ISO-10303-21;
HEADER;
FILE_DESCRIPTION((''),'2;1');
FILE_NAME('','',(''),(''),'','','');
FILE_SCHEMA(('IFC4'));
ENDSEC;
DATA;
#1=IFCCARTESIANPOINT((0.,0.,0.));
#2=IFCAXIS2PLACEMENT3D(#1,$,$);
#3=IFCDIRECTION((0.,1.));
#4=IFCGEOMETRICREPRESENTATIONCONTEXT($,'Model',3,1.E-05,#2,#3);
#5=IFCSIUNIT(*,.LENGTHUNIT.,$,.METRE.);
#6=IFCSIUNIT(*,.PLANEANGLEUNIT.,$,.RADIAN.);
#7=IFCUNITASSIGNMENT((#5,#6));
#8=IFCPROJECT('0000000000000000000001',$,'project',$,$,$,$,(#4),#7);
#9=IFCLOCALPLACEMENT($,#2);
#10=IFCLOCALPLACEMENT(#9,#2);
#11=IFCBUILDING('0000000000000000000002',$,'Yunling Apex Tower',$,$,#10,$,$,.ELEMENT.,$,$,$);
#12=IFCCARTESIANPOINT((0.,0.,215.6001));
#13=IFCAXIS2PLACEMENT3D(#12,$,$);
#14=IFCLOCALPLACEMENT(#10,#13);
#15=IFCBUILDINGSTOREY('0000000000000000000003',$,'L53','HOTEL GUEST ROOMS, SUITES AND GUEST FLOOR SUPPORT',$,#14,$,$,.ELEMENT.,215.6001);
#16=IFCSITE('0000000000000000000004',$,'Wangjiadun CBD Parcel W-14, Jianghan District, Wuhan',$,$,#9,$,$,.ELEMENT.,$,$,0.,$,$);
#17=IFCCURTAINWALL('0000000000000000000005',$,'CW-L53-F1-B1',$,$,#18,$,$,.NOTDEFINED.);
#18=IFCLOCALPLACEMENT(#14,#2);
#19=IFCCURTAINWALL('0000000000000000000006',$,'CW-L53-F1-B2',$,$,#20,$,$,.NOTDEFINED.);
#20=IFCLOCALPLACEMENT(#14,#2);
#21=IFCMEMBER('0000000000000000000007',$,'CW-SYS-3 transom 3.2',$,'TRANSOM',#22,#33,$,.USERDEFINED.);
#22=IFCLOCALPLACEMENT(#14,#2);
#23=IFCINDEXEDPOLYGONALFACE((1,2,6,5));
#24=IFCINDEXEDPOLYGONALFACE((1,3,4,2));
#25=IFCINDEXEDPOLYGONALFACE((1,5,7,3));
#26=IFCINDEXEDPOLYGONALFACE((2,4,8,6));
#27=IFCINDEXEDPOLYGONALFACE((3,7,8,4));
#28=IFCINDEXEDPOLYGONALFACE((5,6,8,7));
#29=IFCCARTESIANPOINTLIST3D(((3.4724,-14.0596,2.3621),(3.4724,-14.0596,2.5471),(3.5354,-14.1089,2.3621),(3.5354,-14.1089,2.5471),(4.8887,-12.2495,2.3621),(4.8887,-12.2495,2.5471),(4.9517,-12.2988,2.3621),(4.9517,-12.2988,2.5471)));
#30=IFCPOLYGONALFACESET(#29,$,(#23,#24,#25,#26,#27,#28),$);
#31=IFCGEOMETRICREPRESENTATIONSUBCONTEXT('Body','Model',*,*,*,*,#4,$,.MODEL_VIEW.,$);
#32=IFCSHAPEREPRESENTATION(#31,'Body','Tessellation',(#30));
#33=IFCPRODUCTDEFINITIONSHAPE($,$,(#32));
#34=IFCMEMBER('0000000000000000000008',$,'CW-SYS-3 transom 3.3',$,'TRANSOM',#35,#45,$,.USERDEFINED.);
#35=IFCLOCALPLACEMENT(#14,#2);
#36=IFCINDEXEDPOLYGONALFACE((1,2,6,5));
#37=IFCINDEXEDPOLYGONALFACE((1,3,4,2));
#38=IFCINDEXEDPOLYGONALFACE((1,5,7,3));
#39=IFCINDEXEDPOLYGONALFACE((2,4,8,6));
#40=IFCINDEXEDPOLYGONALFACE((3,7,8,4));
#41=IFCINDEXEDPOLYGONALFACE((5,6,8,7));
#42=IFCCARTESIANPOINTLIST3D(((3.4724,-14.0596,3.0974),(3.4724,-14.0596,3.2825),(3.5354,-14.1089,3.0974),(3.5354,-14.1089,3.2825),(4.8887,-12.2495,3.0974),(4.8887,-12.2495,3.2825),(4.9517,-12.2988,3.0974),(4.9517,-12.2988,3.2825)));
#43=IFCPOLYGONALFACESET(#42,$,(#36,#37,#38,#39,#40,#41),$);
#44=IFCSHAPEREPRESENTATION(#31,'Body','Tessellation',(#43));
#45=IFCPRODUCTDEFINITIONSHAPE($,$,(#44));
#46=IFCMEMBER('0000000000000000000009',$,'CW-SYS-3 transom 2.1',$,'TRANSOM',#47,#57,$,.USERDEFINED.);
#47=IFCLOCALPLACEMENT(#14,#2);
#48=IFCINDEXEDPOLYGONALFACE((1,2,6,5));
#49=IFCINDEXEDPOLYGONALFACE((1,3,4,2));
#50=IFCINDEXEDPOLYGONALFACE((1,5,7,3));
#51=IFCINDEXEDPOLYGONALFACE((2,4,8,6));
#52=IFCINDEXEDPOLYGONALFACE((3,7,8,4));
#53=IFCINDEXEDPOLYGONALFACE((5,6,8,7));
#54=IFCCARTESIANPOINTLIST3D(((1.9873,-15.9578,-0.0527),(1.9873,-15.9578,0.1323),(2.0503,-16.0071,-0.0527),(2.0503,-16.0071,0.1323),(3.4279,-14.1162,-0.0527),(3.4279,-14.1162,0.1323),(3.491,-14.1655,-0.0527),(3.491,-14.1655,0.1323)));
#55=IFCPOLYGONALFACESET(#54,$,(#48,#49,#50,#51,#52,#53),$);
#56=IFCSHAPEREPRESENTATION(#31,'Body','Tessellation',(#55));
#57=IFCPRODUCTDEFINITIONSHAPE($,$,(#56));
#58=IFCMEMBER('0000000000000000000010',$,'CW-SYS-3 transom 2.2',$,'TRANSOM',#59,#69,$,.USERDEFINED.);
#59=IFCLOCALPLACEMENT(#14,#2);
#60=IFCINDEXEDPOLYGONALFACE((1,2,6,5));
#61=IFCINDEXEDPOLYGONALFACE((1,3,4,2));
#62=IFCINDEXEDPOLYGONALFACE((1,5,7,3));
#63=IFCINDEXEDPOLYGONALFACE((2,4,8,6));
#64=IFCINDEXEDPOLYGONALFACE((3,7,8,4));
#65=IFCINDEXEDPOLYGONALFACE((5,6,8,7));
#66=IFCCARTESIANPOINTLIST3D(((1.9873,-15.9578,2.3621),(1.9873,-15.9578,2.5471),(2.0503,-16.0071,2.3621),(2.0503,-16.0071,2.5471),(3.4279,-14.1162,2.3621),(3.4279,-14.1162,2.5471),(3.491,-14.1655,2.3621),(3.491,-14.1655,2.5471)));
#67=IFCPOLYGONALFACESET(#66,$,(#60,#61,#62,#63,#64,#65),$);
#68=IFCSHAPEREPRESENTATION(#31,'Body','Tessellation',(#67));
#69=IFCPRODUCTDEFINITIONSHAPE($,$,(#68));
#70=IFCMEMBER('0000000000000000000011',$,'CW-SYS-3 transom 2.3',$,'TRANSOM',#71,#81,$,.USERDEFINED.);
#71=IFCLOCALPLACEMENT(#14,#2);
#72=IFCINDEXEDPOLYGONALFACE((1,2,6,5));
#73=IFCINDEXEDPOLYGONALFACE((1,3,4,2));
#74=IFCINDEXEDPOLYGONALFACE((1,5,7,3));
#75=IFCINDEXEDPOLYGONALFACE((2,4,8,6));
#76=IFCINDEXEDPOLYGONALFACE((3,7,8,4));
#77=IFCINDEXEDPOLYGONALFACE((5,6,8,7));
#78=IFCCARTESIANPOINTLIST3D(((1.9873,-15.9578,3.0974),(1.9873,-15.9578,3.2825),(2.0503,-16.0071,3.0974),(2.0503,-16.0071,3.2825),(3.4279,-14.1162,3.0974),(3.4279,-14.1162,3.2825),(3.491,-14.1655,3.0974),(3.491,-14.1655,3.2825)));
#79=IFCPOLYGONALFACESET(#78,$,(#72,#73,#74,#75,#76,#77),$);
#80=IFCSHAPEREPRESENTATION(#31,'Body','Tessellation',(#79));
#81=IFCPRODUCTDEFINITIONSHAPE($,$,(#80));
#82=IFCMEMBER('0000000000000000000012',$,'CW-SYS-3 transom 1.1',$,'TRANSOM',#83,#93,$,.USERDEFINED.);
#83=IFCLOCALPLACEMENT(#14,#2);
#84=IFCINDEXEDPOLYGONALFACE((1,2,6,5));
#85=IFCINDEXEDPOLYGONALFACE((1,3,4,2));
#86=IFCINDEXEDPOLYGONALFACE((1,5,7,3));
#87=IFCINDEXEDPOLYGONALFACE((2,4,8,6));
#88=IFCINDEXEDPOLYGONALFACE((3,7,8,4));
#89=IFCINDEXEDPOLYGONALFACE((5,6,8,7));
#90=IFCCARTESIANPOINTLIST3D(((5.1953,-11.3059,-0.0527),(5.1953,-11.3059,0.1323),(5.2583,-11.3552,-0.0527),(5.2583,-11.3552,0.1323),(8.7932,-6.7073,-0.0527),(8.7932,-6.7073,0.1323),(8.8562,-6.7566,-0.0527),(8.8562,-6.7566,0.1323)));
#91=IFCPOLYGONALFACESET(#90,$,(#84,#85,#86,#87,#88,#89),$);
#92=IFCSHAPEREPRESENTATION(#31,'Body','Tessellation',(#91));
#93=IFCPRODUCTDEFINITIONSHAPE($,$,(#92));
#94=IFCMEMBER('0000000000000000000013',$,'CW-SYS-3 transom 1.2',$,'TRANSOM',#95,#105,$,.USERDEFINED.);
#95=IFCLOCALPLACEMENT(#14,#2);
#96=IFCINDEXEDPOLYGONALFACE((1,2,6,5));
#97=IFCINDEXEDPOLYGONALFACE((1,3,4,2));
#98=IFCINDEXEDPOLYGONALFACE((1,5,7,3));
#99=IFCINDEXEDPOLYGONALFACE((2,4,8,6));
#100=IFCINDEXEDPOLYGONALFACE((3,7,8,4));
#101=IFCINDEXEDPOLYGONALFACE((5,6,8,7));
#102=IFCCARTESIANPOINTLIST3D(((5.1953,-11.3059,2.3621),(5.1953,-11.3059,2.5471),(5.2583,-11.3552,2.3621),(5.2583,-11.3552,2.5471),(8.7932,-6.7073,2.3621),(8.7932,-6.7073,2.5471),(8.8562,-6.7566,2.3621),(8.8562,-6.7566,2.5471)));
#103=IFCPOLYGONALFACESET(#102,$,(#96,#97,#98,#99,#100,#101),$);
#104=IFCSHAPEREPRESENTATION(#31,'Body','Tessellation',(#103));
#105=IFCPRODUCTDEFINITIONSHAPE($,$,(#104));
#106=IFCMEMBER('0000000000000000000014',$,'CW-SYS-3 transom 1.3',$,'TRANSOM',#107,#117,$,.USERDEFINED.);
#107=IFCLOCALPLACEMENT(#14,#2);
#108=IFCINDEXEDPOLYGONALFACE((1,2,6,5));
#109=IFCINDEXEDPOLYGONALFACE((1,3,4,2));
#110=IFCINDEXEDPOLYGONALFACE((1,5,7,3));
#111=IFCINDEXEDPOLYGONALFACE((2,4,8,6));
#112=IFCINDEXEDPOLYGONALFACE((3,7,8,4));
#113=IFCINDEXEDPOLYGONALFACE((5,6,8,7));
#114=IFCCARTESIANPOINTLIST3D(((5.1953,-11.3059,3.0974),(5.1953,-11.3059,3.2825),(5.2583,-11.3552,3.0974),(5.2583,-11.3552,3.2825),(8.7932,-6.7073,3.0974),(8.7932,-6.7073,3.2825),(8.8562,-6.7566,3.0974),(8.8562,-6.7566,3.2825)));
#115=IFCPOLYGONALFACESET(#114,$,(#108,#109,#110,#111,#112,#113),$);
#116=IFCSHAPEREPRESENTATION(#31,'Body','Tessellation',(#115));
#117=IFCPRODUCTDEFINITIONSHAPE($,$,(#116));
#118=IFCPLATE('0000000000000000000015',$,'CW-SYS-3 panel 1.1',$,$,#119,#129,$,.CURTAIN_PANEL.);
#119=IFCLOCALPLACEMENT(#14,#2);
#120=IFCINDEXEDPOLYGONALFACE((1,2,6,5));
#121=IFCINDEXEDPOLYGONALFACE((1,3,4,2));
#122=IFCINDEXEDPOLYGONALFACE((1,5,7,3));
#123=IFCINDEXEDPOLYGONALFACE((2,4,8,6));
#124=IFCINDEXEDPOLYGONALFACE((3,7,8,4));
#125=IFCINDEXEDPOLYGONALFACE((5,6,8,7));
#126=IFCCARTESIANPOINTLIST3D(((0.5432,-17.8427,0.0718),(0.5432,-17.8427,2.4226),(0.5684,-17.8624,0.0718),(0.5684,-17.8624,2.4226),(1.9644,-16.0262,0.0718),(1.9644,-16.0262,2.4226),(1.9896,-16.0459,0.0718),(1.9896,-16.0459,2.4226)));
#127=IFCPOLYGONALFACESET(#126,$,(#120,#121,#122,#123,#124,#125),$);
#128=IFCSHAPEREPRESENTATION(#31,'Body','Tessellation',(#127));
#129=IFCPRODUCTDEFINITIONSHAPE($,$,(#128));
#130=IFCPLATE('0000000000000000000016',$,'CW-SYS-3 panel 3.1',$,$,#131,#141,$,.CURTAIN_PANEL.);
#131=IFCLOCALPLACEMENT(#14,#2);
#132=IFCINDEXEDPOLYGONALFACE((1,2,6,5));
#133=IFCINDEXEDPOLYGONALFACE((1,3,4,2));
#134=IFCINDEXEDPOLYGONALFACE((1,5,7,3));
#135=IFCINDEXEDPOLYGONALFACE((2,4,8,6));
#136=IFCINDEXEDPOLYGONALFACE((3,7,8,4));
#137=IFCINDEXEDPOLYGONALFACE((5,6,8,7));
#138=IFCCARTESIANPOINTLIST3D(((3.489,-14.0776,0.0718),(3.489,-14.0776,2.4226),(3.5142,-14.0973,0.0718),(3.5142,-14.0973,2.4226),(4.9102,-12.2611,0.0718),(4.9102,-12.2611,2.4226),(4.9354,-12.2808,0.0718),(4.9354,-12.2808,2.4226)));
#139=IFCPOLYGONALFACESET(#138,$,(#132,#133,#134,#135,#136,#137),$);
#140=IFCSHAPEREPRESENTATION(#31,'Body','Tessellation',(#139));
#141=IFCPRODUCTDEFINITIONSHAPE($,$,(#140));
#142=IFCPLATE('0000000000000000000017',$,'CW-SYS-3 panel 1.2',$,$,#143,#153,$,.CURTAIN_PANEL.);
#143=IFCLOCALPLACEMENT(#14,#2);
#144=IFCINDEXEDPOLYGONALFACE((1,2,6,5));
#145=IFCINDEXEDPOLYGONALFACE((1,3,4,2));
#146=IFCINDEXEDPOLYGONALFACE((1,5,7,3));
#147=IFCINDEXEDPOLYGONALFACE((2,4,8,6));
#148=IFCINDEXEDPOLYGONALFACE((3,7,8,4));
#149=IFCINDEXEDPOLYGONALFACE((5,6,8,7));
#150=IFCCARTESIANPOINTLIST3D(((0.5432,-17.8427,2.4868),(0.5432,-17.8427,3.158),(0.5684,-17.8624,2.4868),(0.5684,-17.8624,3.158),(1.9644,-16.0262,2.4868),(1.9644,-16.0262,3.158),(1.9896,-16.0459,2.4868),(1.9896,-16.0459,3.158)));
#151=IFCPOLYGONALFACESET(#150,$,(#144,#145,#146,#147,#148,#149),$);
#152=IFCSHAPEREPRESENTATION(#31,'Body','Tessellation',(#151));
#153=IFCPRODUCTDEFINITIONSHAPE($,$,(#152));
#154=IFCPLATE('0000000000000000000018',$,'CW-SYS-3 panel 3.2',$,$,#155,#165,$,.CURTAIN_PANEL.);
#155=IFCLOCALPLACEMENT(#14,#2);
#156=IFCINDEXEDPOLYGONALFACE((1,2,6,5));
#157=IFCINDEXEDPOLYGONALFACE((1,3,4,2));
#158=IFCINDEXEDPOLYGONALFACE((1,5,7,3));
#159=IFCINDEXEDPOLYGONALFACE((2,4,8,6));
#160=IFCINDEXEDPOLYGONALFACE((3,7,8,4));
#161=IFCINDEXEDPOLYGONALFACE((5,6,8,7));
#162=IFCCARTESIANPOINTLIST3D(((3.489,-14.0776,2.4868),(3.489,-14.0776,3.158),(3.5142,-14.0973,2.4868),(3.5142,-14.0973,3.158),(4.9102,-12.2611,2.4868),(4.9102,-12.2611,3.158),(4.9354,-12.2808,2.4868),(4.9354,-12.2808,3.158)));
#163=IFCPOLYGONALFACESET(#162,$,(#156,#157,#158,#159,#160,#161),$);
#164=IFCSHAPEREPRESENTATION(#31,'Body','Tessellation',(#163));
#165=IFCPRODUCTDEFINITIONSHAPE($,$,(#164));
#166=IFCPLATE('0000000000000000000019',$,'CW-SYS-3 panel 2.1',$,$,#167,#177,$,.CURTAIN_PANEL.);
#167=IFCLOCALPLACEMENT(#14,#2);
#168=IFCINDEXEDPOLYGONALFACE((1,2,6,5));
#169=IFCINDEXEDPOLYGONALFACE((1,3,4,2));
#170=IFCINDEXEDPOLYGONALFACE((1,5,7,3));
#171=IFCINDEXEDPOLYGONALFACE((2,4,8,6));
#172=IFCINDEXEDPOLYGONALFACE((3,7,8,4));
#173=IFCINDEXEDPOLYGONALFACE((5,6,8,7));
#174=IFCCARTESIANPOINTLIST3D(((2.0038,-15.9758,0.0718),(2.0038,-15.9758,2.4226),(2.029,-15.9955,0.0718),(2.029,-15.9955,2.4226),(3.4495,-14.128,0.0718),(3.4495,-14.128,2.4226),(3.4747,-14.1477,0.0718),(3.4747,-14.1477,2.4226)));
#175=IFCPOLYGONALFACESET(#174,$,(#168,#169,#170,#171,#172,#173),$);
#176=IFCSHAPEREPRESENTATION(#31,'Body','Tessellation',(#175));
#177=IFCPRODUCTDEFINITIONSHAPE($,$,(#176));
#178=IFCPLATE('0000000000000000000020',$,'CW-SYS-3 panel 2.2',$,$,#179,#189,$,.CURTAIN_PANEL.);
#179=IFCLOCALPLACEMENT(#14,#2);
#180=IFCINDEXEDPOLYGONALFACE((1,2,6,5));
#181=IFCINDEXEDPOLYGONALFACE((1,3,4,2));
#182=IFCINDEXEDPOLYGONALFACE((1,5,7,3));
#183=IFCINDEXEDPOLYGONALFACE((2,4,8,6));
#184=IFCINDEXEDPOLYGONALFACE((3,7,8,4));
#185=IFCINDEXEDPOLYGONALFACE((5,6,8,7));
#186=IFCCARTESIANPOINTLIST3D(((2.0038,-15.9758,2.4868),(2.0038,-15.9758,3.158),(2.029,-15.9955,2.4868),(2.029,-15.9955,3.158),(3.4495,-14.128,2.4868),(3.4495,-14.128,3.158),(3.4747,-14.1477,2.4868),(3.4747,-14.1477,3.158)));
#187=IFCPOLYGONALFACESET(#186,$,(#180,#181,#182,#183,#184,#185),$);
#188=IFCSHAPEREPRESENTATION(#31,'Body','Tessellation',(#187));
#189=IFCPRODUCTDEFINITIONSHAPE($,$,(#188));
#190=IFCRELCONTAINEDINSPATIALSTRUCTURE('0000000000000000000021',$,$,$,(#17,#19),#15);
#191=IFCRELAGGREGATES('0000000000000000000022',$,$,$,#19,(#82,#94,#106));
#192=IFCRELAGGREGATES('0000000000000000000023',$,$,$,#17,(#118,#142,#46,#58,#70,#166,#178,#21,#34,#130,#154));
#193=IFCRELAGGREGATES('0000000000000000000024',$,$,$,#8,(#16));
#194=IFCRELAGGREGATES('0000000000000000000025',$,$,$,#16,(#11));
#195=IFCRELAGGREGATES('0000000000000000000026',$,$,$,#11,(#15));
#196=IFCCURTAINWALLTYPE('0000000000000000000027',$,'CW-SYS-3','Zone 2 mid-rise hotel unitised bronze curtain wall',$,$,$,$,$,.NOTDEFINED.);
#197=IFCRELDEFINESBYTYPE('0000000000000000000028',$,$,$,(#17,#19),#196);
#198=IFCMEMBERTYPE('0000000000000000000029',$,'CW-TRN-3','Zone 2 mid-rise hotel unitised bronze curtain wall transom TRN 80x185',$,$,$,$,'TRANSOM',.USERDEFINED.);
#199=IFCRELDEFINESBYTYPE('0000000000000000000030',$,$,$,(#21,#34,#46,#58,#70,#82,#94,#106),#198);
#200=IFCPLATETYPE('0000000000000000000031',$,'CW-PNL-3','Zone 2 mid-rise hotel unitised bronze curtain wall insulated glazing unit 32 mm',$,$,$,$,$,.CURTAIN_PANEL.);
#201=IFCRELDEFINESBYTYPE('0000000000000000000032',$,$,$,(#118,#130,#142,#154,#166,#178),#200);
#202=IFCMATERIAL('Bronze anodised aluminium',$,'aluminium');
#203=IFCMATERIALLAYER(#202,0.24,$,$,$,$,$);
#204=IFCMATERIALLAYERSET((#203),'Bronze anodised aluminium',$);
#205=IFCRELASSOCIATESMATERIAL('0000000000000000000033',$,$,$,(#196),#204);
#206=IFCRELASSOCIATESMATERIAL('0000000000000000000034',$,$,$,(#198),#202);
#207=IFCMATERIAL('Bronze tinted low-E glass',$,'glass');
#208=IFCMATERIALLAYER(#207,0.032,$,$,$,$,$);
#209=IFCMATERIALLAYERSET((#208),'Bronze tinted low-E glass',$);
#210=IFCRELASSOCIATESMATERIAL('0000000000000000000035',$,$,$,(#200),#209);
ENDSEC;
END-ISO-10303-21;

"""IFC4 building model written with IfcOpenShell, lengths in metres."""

from ifc_helpers import new_model, si_unit, direction, frame, origin, origin_2d, place, context, subcontext, project, spatial, rectangle, extrude, source, transform, mapped, material, layer, layer_set, material_profile, profile_set, type_object, element, aggregate, save


model = new_model("IFC4")

# Units and contexts
model_context = context("Model", 3, precision=1e-05, world=origin(), true_north=direction((0.0, 1.0)))
body_context = subcontext(model_context, "Body", "Model", "MODEL_VIEW")
ifc_project = project(units=[si_unit("LENGTHUNIT", "METRE"), si_unit("PLANEANGLEUNIT", "RADIAN")], contexts=[model_context])

# Site, building, storey
site_placement = place(None, origin())
site = spatial("IfcSite", under=ifc_project, at=site_placement, Name="Wangjiadun CBD Parcel W-14, Jianghan District, Wuhan", CompositionType="ELEMENT", RefElevation=0.0)
building_placement = place(site_placement, origin())
building = spatial("IfcBuilding", under=site, at=building_placement, Name="Yunling Apex Tower", CompositionType="ELEMENT")
storey_placement = place(building_placement, frame((0.0, 0.0, 215.6001)))
storey = spatial("IfcBuildingStorey", under=building, at=storey_placement, Name="L53", Description="HOTEL GUEST ROOMS, SUITES AND GUEST FLOOR SUPPORT", CompositionType="ELEMENT", Elevation=215.6001)

# Curtain wall
ifc_material_1 = material(Name="Bronze anodised aluminium", Category="aluminium")
ifc_layer_1 = layer(ifc_material_1, 0.24)
ifc_layer_set_1 = layer_set([ifc_layer_1], Name="Bronze anodised aluminium")
curtain_wall_type = type_object("IfcCurtainWallType", Name="CW-SYS-3", Description="Zone 2 mid-rise hotel unitised bronze curtain wall", PredefinedType="NOTDEFINED", material=ifc_layer_set_1)
curtain_wall_1_placement = place(storey_placement, origin())
curtain_wall_1 = element("IfcCurtainWall", 1, at=curtain_wall_1_placement, inside=storey, type_object=curtain_wall_type, Name="CW-L53-F1-B1", PredefinedType="NOTDEFINED")

# Curtain wall
curtain_wall_2_placement = place(storey_placement, origin())
curtain_wall_2 = element("IfcCurtainWall", 2, at=curtain_wall_2_placement, inside=storey, type_object=curtain_wall_type, Name="CW-L53-F1-B2", PredefinedType="NOTDEFINED")

# Members
ifc_material_profile_1 = material_profile(ifc_material_1, rectangle(XDim=0.0801, YDim=0.1851, at=origin_2d()))
ifc_profile_set_1 = profile_set([ifc_material_profile_1], Name="Bronze anodised aluminium")
member_type_1 = type_object("IfcMemberType", Name="CW-TRN-3", Description="Zone 2 mid-rise hotel unitised bronze curtain wall transom TRN 80x185", ElementType="TRANSOM", PredefinedType="USERDEFINED", material=ifc_profile_set_1)
shared_shape_1 = source(origin(), body_context, "Body", "SweptSolid", [
    extrude(rectangle(XDim=0.0801, YDim=0.1851, at=origin_2d()), origin(), (0.0, 0.0, 1.0), 2.2983),
])
member_1_placement = place(storey_placement, frame((3.5039, -14.0842, 2.4546), z_axis=(0.616225, 0.78757, 0.0), x_axis=(-0.78757, 0.616225, 0.0)))
member_1 = element("IfcMember", 3, at=member_1_placement, type_object=member_type_1, Name="CW-SYS-3 transom 3.2", ObjectType="TRANSOM", PredefinedType="USERDEFINED", context=body_context, shape_type="MappedRepresentation", body=[
    mapped(shared_shape_1, transform((0.0, 0.0, 0.0), scale=1.0)),
])
member_2_placement = place(storey_placement, frame((3.5039, -14.0842, 3.1899), z_axis=(0.616225, 0.78757, 0.0), x_axis=(-0.78757, 0.616225, 0.0)))
member_2 = element("IfcMember", 4, at=member_2_placement, type_object=member_type_1, Name="CW-SYS-3 transom 3.3", ObjectType="TRANSOM", PredefinedType="USERDEFINED", context=body_context, shape_type="MappedRepresentation", body=[
    mapped(shared_shape_1, transform((0.0, 0.0, 0.0), scale=1.0)),
])
shared_shape_2 = source(origin(), body_context, "Body", "SweptSolid", [
    extrude(rectangle(XDim=0.0801, YDim=0.1851, at=origin_2d()), origin(), (0.0, 0.0, 1.0), 2.3381),
])
member_3_placement = place(storey_placement, frame((2.0188, -15.9824, 0.0398), z_axis=(0.616165, 0.787617, 0.0), x_axis=(-0.787617, 0.616165, 0.0)))
member_3 = element("IfcMember", 5, at=member_3_placement, type_object=member_type_1, Name="CW-SYS-3 transom 2.1", ObjectType="TRANSOM", PredefinedType="USERDEFINED", context=body_context, shape_type="MappedRepresentation", body=[
    mapped(shared_shape_2, transform((0.0, 0.0, 0.0), scale=1.0)),
])
member_4_placement = place(storey_placement, frame((2.0188, -15.9824, 2.4546), z_axis=(0.616165, 0.787617, 0.0), x_axis=(-0.787617, 0.616165, 0.0)))
member_4 = element("IfcMember", 6, at=member_4_placement, type_object=member_type_1, Name="CW-SYS-3 transom 2.2", ObjectType="TRANSOM", PredefinedType="USERDEFINED", context=body_context, shape_type="MappedRepresentation", body=[
    mapped(shared_shape_2, transform((0.0, 0.0, 0.0), scale=1.0)),
])
member_5_placement = place(storey_placement, frame((2.0188, -15.9824, 3.1899), z_axis=(0.616165, 0.787617, 0.0), x_axis=(-0.787617, 0.616165, 0.0)))
member_5 = element("IfcMember", 7, at=member_5_placement, type_object=member_type_1, Name="CW-SYS-3 transom 2.3", ObjectType="TRANSOM", PredefinedType="USERDEFINED", context=body_context, shape_type="MappedRepresentation", body=[
    mapped(shared_shape_2, transform((0.0, 0.0, 0.0), scale=1.0)),
])
shared_shape_3 = source(origin(), body_context, "Body", "SweptSolid", [
    extrude(rectangle(XDim=0.0801, YDim=0.1851, at=origin_2d()), origin(), (0.0, 0.0, 1.0), 5.8389),
])
member_6_placement = place(storey_placement, frame((5.2268, -11.3306, 0.0398), z_axis=(0.616199, 0.787591, 0.0), x_axis=(-0.787591, 0.616199, 0.0)))
member_6 = element("IfcMember", 8, at=member_6_placement, type_object=member_type_1, Name="CW-SYS-3 transom 1.1", ObjectType="TRANSOM", PredefinedType="USERDEFINED", context=body_context, shape_type="MappedRepresentation", body=[
    mapped(shared_shape_3, transform((0.0, 0.0, 0.0), scale=1.0)),
])
member_7_placement = place(storey_placement, frame((5.2268, -11.3306, 2.4546), z_axis=(0.616199, 0.787591, 0.0), x_axis=(-0.787591, 0.616199, 0.0)))
member_7 = element("IfcMember", 9, at=member_7_placement, type_object=member_type_1, Name="CW-SYS-3 transom 1.2", ObjectType="TRANSOM", PredefinedType="USERDEFINED", context=body_context, shape_type="MappedRepresentation", body=[
    mapped(shared_shape_3, transform((0.0, 0.0, 0.0), scale=1.0)),
])
member_8_placement = place(storey_placement, frame((5.2268, -11.3306, 3.1899), z_axis=(0.616199, 0.787591, 0.0), x_axis=(-0.787591, 0.616199, 0.0)))
member_8 = element("IfcMember", 10, at=member_8_placement, type_object=member_type_1, Name="CW-SYS-3 transom 1.3", ObjectType="TRANSOM", PredefinedType="USERDEFINED", context=body_context, shape_type="MappedRepresentation", body=[
    mapped(shared_shape_3, transform((0.0, 0.0, 0.0), scale=1.0)),
])
aggregate(curtain_wall_2, [member_6, member_7, member_8])

# Plates
ifc_material_2 = material(Name="Bronze tinted low-E glass", Category="glass")
ifc_layer_2 = layer(ifc_material_2, 0.032)
ifc_layer_set_2 = layer_set([ifc_layer_2], Name="Bronze tinted low-E glass")
plate_type = type_object("IfcPlateType", Name="CW-PNL-3", Description="Zone 2 mid-rise hotel unitised bronze curtain wall insulated glazing unit 32 mm", PredefinedType="CURTAIN_PANEL", material=ifc_layer_set_2)
shared_shape_4 = source(origin(), body_context, "Body", "SweptSolid", [
    extrude(rectangle(XDim=2.3064, YDim=0.032, at=origin_2d()), origin(), (0.0, 0.0, 1.0), 2.3508),
])
plate_1_placement = place(storey_placement, frame((1.2664, -16.9443, 0.0718), z_axis=(0.0, 0.0, 1.0), x_axis=(0.6162, 0.787589, 0.0)))
plate_1 = element("IfcPlate", 11, at=plate_1_placement, type_object=plate_type, Name="CW-SYS-3 panel 1.1", PredefinedType="CURTAIN_PANEL", context=body_context, shape_type="MappedRepresentation", body=[
    mapped(shared_shape_4, transform((0.0, 0.0, 0.0), scale=1.0)),
])
plate_2_placement = place(storey_placement, frame((4.2122, -13.1792, 0.0718), z_axis=(0.0, 0.0, 1.0), x_axis=(0.6162, 0.787589, 0.0)))
plate_2 = element("IfcPlate", 12, at=plate_2_placement, type_object=plate_type, Name="CW-SYS-3 panel 3.1", PredefinedType="CURTAIN_PANEL", context=body_context, shape_type="MappedRepresentation", body=[
    mapped(shared_shape_4, transform((0.0, 0.0, 0.0), scale=1.0)),
])
shared_shape_5 = source(origin(), body_context, "Body", "SweptSolid", [
    extrude(rectangle(XDim=2.3064, YDim=0.032, at=origin_2d()), origin(), (0.0, 0.0, 1.0), 0.6711),
])
plate_3_placement = place(storey_placement, frame((1.2664, -16.9443, 2.4868), z_axis=(0.0, 0.0, 1.0), x_axis=(0.6162, 0.787589, 0.0)))
plate_3 = element("IfcPlate", 13, at=plate_3_placement, type_object=plate_type, Name="CW-SYS-3 panel 1.2", PredefinedType="CURTAIN_PANEL", context=body_context, shape_type="MappedRepresentation", body=[
    mapped(shared_shape_5, transform((0.0, 0.0, 0.0), scale=1.0)),
])
plate_4_placement = place(storey_placement, frame((4.2122, -13.1792, 2.4868), z_axis=(0.0, 0.0, 1.0), x_axis=(0.6162, 0.787589, 0.0)))
plate_4 = element("IfcPlate", 14, at=plate_4_placement, type_object=plate_type, Name="CW-SYS-3 panel 3.2", PredefinedType="CURTAIN_PANEL", context=body_context, shape_type="MappedRepresentation", body=[
    mapped(shared_shape_5, transform((0.0, 0.0, 0.0), scale=1.0)),
])
shared_shape_6 = source(origin(), body_context, "Body", "SweptSolid", [
    extrude(rectangle(XDim=2.3462, YDim=0.032, at=origin_2d()), origin(), (0.0, 0.0, 1.0), 2.3508),
])
plate_5_placement = place(storey_placement, frame((2.7393, -15.0618, 0.0718), z_axis=(0.0, 0.0, 1.0), x_axis=(0.6162, 0.787589, 0.0)))
plate_5 = element("IfcPlate", 15, at=plate_5_placement, type_object=plate_type, Name="CW-SYS-3 panel 2.1", PredefinedType="CURTAIN_PANEL", context=body_context, shape_type="MappedRepresentation", body=[
    mapped(shared_shape_6, transform((0.0, 0.0, 0.0), scale=1.0)),
])
shared_shape_7 = source(origin(), body_context, "Body", "SweptSolid", [
    extrude(rectangle(XDim=2.3462, YDim=0.032, at=origin_2d()), origin(), (0.0, 0.0, 1.0), 0.6711),
])
plate_6_placement = place(storey_placement, frame((2.7393, -15.0618, 2.4868), z_axis=(0.0, 0.0, 1.0), x_axis=(0.6162, 0.787589, 0.0)))
plate_6 = element("IfcPlate", 16, at=plate_6_placement, type_object=plate_type, Name="CW-SYS-3 panel 2.2", PredefinedType="CURTAIN_PANEL", context=body_context, shape_type="MappedRepresentation", body=[
    mapped(shared_shape_7, transform((0.0, 0.0, 0.0), scale=1.0)),
])
aggregate(curtain_wall_1, [plate_1, plate_3, member_3, member_4, member_5, plate_5, plate_6, member_1, member_2, plate_2, plate_4])

save(model, "model.ifc")
